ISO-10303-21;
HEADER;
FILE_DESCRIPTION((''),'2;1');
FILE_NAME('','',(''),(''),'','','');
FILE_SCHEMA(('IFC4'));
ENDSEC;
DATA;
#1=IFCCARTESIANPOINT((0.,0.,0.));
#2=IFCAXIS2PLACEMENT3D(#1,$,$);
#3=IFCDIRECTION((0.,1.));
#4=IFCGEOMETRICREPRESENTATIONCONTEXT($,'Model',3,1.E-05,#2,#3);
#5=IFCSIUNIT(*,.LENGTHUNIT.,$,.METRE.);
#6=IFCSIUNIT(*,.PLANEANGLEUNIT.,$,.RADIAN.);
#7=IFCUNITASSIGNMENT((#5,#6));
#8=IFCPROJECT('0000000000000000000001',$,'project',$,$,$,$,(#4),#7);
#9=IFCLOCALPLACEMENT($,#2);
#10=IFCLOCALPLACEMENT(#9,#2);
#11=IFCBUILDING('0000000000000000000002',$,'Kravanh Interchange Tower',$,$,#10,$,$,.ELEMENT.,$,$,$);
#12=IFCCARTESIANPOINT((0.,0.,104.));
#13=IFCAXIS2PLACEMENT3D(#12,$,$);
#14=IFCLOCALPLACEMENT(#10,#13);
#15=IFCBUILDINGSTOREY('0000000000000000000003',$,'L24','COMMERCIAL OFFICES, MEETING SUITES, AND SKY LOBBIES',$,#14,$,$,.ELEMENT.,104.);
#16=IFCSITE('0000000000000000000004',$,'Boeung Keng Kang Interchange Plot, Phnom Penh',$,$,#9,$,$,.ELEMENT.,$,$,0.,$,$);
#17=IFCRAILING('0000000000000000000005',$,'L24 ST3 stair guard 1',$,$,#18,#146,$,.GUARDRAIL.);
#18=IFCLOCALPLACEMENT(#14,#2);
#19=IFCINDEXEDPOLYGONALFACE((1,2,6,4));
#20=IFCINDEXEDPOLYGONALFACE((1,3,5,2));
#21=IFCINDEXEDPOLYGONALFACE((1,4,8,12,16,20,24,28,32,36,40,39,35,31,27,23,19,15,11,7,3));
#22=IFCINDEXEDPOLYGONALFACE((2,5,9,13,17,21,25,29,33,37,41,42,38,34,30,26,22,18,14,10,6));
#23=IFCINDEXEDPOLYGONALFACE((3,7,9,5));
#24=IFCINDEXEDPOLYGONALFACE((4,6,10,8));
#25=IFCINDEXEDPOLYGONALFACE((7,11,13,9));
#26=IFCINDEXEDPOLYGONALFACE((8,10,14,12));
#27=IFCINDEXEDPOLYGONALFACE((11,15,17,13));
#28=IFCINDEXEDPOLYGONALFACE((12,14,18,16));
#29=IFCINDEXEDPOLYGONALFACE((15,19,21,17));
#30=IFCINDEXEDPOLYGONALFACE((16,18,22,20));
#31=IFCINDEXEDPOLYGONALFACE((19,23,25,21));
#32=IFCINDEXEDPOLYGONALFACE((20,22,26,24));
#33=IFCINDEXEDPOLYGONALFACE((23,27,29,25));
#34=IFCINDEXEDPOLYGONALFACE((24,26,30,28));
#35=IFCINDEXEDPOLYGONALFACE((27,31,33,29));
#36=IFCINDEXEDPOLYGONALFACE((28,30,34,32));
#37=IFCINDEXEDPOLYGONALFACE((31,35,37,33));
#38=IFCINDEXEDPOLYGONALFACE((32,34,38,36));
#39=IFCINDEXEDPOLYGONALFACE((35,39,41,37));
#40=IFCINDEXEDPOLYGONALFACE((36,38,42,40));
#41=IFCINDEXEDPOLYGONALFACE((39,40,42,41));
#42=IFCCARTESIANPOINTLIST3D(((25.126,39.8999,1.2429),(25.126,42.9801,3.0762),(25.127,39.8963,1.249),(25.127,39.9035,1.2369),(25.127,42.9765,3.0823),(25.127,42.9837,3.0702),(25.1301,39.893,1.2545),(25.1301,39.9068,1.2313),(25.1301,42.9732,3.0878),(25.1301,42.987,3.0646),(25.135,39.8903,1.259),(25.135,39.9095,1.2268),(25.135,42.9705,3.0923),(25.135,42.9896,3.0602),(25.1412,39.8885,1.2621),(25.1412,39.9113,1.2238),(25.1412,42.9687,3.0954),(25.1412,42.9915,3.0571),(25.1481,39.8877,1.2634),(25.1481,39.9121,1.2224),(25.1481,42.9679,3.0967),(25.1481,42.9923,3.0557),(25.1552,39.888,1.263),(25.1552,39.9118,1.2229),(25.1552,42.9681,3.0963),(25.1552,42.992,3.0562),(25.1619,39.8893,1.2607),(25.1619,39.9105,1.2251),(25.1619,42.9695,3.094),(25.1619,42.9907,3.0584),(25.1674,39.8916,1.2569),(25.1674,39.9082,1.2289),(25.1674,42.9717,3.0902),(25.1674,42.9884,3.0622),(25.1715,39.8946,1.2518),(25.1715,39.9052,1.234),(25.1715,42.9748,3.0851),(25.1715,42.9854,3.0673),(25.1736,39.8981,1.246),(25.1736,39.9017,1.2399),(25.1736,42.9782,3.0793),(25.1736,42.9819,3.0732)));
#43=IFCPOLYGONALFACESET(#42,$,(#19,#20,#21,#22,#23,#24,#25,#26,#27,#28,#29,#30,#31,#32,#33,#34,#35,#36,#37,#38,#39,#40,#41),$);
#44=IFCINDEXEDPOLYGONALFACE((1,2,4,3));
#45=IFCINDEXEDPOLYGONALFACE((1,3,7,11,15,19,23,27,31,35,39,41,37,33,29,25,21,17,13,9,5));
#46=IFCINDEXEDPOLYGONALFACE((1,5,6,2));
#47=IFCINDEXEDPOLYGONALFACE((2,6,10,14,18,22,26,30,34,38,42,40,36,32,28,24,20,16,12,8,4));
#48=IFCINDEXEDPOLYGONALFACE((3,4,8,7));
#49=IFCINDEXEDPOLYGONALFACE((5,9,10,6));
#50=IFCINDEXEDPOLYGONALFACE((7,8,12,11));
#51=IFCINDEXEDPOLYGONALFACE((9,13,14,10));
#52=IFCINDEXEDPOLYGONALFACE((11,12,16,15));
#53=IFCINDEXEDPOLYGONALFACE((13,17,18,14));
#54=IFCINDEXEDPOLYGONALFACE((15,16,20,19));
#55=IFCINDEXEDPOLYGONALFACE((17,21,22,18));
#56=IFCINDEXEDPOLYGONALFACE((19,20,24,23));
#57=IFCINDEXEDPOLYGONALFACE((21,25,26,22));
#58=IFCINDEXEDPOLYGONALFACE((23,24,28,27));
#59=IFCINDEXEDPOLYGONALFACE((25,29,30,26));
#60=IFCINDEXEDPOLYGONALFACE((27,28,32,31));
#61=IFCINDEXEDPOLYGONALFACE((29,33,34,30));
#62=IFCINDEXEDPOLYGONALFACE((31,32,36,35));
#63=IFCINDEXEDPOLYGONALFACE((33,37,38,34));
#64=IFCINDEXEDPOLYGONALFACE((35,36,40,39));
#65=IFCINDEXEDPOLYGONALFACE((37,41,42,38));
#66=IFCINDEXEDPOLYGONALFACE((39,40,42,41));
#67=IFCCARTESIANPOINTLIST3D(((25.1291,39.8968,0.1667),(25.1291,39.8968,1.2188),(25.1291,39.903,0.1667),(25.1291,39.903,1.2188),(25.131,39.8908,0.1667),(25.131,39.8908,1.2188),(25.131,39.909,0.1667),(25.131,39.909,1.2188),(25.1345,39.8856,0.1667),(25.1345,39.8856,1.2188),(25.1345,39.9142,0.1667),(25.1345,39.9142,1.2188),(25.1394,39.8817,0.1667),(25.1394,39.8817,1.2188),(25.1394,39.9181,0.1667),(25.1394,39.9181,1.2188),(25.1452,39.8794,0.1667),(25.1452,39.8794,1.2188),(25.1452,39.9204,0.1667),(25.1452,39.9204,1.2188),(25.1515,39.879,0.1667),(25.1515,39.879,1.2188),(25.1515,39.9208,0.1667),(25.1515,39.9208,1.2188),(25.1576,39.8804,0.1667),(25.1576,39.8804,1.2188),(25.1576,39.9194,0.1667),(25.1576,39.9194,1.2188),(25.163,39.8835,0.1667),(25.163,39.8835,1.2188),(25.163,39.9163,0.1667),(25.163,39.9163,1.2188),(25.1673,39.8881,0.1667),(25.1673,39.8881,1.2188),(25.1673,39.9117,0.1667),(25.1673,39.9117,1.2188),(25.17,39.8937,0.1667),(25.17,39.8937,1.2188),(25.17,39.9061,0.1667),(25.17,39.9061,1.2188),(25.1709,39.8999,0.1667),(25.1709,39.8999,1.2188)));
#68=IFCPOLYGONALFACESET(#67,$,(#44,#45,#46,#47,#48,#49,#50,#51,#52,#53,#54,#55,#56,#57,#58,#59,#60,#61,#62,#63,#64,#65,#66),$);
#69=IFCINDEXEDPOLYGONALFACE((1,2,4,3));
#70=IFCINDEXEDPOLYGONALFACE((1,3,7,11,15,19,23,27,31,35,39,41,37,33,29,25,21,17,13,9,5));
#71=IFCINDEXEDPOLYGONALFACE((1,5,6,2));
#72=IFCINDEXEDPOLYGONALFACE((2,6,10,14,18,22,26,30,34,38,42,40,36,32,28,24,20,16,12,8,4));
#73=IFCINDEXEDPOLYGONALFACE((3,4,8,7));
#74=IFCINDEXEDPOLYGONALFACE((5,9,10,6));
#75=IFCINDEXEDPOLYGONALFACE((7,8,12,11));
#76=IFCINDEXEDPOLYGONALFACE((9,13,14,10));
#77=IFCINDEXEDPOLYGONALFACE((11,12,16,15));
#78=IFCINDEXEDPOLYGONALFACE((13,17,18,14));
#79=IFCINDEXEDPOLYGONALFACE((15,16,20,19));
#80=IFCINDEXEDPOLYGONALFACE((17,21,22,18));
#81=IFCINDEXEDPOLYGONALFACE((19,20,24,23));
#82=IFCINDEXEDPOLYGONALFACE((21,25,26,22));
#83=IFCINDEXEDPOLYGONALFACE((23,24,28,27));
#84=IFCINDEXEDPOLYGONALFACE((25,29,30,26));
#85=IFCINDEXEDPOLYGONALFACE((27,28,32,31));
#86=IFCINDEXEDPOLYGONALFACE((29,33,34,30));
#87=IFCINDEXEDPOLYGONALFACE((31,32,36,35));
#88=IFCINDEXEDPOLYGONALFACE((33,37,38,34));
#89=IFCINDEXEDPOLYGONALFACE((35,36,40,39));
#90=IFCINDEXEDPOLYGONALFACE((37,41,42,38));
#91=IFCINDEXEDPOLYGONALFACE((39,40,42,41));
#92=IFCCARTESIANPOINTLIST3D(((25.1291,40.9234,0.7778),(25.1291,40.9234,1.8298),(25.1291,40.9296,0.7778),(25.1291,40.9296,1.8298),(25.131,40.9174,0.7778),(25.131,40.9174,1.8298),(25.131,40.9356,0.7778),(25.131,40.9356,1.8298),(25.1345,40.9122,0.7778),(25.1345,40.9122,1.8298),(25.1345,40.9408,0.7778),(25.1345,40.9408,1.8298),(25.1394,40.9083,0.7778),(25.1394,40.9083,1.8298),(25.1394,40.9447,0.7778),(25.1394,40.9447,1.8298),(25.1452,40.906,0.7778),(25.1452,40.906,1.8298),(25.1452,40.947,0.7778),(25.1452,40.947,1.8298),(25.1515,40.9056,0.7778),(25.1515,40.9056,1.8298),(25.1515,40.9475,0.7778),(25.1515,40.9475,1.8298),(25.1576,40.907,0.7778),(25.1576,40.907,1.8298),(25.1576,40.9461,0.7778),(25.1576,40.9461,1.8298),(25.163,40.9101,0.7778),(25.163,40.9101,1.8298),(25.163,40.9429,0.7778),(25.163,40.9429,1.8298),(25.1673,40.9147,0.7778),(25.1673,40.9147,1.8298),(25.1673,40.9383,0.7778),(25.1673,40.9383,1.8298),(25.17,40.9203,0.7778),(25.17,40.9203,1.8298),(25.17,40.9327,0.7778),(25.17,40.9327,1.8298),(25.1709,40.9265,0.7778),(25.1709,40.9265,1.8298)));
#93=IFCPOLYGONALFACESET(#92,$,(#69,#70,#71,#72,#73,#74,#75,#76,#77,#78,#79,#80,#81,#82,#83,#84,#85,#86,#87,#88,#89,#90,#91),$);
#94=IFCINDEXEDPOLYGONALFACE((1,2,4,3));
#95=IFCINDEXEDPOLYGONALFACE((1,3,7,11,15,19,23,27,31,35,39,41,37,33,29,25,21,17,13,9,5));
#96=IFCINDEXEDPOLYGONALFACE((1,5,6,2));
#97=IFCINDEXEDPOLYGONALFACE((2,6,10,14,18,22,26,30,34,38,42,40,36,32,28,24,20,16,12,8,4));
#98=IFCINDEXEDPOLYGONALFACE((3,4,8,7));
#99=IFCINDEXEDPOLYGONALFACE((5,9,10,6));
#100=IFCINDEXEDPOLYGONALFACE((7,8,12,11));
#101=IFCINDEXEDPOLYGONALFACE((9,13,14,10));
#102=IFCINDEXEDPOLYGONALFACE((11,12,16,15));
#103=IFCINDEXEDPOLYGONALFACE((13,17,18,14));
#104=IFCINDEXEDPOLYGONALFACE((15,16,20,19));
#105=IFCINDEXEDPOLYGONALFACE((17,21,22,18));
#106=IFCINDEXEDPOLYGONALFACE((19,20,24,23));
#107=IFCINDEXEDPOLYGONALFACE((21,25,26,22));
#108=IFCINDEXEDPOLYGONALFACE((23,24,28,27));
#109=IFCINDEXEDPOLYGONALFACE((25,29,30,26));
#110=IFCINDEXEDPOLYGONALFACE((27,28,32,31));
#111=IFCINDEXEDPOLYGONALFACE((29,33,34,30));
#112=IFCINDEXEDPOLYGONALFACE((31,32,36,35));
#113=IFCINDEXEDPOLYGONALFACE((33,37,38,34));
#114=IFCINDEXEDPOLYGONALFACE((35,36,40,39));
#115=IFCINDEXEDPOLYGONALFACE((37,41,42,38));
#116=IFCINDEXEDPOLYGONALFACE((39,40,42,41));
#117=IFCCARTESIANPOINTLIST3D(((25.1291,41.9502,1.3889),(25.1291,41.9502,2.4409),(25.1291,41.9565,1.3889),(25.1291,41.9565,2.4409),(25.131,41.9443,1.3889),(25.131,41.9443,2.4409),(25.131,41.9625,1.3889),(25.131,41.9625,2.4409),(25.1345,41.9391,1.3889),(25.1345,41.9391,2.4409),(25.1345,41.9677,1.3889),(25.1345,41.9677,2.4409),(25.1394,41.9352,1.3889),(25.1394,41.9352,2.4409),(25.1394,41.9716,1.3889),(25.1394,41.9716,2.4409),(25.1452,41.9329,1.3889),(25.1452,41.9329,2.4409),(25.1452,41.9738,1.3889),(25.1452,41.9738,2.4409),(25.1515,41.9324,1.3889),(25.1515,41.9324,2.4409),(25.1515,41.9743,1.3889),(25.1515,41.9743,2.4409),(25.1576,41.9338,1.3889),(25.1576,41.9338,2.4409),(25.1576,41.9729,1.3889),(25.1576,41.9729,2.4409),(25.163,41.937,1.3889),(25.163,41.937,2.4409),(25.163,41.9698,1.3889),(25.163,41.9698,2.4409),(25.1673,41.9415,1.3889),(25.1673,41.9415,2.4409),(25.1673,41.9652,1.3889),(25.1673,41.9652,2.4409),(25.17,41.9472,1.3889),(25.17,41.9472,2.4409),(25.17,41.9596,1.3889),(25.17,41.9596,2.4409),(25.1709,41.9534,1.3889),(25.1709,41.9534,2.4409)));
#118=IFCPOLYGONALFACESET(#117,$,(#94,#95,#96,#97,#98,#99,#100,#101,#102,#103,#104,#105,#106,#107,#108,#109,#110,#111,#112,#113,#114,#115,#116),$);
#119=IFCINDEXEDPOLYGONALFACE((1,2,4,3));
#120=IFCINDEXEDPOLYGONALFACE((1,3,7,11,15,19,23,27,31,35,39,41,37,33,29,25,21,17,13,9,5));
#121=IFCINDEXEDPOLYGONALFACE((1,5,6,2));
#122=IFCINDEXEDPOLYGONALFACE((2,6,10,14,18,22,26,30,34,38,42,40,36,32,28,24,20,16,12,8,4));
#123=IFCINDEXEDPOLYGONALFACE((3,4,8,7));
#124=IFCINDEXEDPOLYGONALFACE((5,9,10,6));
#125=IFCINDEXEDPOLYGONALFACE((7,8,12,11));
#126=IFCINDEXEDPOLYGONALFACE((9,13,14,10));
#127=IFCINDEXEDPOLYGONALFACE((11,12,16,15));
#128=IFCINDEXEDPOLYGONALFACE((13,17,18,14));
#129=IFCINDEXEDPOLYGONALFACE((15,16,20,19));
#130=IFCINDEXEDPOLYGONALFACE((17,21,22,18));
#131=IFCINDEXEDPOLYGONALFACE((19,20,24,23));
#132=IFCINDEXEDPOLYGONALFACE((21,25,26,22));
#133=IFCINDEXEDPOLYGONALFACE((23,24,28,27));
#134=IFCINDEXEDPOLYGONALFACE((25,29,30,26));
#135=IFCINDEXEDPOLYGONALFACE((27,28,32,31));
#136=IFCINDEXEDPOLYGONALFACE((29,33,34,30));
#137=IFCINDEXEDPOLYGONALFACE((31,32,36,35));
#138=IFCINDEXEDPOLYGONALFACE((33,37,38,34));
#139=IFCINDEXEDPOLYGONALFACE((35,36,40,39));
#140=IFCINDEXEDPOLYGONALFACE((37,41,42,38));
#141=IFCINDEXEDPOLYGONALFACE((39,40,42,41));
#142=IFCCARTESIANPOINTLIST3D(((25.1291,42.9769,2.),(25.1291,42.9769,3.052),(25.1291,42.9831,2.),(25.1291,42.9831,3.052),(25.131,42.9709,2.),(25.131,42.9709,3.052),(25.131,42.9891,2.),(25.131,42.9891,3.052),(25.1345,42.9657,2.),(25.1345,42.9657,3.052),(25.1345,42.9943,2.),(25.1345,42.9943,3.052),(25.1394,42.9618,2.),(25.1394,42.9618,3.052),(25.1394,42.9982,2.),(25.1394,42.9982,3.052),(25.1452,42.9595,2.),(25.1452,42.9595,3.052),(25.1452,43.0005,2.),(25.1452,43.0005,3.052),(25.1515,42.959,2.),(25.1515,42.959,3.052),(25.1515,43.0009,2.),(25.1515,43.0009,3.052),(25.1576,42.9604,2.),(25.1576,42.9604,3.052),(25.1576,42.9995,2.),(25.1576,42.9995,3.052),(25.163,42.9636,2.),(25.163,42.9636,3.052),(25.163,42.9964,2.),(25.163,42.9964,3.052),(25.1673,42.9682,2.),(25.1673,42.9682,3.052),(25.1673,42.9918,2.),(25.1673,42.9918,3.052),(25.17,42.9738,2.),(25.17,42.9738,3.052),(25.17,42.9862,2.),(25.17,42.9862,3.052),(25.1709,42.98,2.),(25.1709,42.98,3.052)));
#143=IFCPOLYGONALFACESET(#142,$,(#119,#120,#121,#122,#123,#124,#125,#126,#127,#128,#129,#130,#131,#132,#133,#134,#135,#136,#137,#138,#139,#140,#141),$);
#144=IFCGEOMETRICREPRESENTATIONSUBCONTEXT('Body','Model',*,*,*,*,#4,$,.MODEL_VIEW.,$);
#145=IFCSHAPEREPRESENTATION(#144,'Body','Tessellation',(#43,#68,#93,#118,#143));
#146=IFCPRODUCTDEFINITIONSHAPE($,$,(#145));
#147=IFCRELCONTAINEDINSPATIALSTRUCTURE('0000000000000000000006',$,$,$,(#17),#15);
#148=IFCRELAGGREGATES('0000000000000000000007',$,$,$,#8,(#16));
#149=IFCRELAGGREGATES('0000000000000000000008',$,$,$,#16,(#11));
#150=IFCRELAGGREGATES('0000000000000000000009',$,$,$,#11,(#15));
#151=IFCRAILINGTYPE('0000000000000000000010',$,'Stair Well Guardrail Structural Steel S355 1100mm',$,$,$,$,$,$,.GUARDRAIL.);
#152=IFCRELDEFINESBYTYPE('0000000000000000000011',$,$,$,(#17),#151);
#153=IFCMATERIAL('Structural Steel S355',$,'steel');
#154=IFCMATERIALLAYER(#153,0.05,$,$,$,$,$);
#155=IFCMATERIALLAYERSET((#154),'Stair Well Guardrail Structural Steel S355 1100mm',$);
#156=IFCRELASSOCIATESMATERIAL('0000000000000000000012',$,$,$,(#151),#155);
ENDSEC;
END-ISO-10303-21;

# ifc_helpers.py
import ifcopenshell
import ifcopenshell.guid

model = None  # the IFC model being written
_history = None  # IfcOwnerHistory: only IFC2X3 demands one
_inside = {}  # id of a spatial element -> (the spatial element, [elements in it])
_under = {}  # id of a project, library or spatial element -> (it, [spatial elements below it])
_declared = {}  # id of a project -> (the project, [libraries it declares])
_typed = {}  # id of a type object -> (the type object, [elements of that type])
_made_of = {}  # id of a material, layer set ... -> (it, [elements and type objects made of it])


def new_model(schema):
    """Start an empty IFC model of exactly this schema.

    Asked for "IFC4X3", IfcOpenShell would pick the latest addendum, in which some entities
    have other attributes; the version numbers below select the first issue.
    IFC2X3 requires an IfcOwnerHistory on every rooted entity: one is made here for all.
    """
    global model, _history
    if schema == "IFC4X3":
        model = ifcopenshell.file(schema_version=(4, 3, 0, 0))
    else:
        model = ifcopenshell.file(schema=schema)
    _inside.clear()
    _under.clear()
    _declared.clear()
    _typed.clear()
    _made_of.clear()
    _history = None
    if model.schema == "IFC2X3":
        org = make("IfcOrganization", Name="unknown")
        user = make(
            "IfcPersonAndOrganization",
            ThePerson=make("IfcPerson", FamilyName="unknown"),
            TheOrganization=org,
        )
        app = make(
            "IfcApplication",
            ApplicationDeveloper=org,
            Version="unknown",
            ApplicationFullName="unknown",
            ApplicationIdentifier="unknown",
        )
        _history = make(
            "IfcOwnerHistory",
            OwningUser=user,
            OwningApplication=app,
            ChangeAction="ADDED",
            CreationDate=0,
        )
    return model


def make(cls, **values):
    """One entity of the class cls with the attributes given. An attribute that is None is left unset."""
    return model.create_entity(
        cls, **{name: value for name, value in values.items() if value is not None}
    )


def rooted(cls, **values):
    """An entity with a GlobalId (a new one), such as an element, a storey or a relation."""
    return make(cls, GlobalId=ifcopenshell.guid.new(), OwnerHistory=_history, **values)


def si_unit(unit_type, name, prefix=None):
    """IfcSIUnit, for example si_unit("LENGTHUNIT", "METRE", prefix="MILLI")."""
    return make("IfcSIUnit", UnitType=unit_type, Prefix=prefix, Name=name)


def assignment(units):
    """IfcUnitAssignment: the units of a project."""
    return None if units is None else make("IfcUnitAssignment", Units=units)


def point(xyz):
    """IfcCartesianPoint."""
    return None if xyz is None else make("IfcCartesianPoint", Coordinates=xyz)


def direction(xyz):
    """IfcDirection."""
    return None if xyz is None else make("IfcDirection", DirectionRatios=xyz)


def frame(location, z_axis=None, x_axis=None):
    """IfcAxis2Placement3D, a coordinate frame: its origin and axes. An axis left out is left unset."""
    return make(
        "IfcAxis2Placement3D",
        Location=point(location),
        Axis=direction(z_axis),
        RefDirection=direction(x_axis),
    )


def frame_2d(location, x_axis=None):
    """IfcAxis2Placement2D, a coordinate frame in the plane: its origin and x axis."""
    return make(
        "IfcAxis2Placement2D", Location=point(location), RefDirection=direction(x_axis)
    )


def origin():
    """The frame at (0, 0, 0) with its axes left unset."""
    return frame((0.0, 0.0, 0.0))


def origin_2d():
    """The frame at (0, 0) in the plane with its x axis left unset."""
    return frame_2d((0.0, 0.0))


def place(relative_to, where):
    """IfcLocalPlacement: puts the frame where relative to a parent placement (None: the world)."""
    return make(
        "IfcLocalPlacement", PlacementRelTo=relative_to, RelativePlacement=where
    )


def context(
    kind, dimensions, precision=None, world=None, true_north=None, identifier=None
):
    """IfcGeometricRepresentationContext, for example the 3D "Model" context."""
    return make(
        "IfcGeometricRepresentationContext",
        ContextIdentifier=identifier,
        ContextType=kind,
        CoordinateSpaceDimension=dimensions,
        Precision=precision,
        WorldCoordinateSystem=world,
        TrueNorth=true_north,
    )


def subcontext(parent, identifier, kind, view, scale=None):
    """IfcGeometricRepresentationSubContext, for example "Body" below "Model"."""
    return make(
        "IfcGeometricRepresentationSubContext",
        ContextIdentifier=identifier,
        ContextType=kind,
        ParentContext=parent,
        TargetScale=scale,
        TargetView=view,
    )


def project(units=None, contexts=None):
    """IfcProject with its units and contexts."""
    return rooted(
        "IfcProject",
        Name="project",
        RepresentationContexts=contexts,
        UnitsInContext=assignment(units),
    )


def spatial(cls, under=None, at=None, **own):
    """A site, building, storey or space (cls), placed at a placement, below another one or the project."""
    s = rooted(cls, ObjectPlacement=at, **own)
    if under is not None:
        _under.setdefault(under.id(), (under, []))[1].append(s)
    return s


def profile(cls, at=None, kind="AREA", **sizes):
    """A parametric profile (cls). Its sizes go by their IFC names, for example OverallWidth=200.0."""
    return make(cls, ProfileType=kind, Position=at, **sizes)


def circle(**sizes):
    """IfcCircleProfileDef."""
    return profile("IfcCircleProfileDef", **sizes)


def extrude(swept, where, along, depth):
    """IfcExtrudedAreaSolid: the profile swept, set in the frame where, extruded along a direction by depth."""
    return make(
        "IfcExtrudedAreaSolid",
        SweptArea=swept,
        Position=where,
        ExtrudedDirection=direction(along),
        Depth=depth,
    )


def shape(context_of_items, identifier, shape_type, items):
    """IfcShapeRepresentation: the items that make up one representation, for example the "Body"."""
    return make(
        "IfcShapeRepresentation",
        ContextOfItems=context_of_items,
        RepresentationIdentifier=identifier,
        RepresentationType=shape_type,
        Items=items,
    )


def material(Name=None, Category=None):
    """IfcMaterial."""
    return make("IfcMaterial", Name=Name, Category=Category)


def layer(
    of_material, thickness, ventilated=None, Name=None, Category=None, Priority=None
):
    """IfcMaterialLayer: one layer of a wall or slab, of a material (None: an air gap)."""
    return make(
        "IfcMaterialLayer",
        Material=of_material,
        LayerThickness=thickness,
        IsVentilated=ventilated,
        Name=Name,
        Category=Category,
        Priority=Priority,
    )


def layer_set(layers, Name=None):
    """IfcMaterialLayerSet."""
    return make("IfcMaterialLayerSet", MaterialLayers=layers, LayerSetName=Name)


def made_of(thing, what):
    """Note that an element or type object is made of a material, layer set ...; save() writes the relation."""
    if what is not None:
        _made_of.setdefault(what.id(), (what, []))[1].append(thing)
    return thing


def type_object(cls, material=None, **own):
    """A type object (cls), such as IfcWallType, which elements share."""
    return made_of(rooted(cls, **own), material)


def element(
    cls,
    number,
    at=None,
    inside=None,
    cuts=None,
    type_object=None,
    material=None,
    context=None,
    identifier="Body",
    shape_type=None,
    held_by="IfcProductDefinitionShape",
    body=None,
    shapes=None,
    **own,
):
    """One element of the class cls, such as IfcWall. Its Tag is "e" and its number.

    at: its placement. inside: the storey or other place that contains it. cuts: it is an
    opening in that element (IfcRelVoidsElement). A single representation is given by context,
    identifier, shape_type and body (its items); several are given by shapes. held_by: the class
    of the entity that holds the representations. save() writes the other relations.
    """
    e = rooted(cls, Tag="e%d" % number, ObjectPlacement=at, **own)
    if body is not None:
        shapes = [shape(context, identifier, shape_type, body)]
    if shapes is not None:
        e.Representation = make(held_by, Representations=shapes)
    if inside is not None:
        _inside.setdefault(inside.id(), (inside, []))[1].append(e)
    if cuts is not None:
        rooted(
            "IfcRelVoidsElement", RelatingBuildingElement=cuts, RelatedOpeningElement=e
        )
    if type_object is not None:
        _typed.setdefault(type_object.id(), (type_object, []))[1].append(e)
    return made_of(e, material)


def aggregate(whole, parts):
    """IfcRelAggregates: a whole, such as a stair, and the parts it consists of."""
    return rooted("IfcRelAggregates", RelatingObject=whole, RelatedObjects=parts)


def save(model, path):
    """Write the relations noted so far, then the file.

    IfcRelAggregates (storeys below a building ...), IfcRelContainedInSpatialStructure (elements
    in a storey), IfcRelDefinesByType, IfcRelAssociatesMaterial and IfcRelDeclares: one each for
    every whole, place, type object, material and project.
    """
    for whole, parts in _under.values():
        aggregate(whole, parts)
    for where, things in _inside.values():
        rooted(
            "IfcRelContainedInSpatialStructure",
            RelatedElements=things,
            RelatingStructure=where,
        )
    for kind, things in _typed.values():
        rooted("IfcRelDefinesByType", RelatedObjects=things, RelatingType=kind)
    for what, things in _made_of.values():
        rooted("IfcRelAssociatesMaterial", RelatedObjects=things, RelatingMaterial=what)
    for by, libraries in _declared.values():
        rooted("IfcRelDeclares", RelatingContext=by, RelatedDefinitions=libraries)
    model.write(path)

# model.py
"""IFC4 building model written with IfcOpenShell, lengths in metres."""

from ifc_helpers import new_model, si_unit, direction, frame, origin, origin_2d, place, context, subcontext, project, spatial, circle, extrude, material, layer, layer_set, type_object, element, save


model = new_model("IFC4")

# Units and contexts
model_context = context("Model", 3, precision=1e-05, world=origin(), true_north=direction((0.0, 1.0)))
body_context = subcontext(model_context, "Body", "Model", "MODEL_VIEW")
ifc_project = project(units=[si_unit("LENGTHUNIT", "METRE"), si_unit("PLANEANGLEUNIT", "RADIAN")], contexts=[model_context])

# Site, building, storey
site_placement = place(None, origin())
site = spatial("IfcSite", under=ifc_project, at=site_placement, Name="Boeung Keng Kang Interchange Plot, Phnom Penh", CompositionType="ELEMENT", RefElevation=0.0)
building_placement = place(site_placement, origin())
building = spatial("IfcBuilding", under=site, at=building_placement, Name="Kravanh Interchange Tower", CompositionType="ELEMENT")
storey_placement = place(building_placement, frame((0.0, 0.0, 104.0)))
storey = spatial("IfcBuildingStorey", under=building, at=storey_placement, Name="L24", Description="COMMERCIAL OFFICES, MEETING SUITES, AND SKY LOBBIES", CompositionType="ELEMENT", Elevation=104.0)

# Railing
ifc_material_1 = material(Name="Structural Steel S355", Category="steel")
ifc_layer_1 = layer(ifc_material_1, 0.05)
ifc_layer_set_1 = layer_set([ifc_layer_1], Name="Stair Well Guardrail Structural Steel S355 1100mm")
railing_type_1 = type_object("IfcRailingType", Name="Stair Well Guardrail Structural Steel S355 1100mm", PredefinedType="GUARDRAIL", material=ifc_layer_set_1)
railing_1_placement = place(storey_placement, frame((25.1499, 39.8999, 0.1667)))
element("IfcRailing", 1, at=railing_1_placement, inside=storey, type_object=railing_type_1, Name="L24 ST3 stair guard 1", PredefinedType="GUARDRAIL", context=body_context, shape_type="SweptSolid", body=[
    extrude(circle(Radius=0.0239, at=origin_2d()), frame((0.0, 0.0, 1.0762), z_axis=(0.0, 0.859309, 0.511458), x_axis=(-1.0, 0.0, 0.0)), (0.0, 0.0, 1.0), 3.5845),
    extrude(circle(Radius=0.021, at=origin_2d()), origin(), (0.0, 0.0, 1.0), 1.052),
    extrude(circle(Radius=0.021, at=origin_2d()), frame((0.0, 1.0266, 0.6111)), (0.0, 0.0, 1.0), 1.052),
    extrude(circle(Radius=0.021, at=origin_2d()), frame((0.0, 2.0535, 1.2222)), (0.0, 0.0, 1.0), 1.052),
    extrude(circle(Radius=0.021, at=origin_2d()), frame((0.0, 3.0801, 1.8333)), (0.0, 0.0, 1.0), 1.052),
])

save(model, "model.ifc")
